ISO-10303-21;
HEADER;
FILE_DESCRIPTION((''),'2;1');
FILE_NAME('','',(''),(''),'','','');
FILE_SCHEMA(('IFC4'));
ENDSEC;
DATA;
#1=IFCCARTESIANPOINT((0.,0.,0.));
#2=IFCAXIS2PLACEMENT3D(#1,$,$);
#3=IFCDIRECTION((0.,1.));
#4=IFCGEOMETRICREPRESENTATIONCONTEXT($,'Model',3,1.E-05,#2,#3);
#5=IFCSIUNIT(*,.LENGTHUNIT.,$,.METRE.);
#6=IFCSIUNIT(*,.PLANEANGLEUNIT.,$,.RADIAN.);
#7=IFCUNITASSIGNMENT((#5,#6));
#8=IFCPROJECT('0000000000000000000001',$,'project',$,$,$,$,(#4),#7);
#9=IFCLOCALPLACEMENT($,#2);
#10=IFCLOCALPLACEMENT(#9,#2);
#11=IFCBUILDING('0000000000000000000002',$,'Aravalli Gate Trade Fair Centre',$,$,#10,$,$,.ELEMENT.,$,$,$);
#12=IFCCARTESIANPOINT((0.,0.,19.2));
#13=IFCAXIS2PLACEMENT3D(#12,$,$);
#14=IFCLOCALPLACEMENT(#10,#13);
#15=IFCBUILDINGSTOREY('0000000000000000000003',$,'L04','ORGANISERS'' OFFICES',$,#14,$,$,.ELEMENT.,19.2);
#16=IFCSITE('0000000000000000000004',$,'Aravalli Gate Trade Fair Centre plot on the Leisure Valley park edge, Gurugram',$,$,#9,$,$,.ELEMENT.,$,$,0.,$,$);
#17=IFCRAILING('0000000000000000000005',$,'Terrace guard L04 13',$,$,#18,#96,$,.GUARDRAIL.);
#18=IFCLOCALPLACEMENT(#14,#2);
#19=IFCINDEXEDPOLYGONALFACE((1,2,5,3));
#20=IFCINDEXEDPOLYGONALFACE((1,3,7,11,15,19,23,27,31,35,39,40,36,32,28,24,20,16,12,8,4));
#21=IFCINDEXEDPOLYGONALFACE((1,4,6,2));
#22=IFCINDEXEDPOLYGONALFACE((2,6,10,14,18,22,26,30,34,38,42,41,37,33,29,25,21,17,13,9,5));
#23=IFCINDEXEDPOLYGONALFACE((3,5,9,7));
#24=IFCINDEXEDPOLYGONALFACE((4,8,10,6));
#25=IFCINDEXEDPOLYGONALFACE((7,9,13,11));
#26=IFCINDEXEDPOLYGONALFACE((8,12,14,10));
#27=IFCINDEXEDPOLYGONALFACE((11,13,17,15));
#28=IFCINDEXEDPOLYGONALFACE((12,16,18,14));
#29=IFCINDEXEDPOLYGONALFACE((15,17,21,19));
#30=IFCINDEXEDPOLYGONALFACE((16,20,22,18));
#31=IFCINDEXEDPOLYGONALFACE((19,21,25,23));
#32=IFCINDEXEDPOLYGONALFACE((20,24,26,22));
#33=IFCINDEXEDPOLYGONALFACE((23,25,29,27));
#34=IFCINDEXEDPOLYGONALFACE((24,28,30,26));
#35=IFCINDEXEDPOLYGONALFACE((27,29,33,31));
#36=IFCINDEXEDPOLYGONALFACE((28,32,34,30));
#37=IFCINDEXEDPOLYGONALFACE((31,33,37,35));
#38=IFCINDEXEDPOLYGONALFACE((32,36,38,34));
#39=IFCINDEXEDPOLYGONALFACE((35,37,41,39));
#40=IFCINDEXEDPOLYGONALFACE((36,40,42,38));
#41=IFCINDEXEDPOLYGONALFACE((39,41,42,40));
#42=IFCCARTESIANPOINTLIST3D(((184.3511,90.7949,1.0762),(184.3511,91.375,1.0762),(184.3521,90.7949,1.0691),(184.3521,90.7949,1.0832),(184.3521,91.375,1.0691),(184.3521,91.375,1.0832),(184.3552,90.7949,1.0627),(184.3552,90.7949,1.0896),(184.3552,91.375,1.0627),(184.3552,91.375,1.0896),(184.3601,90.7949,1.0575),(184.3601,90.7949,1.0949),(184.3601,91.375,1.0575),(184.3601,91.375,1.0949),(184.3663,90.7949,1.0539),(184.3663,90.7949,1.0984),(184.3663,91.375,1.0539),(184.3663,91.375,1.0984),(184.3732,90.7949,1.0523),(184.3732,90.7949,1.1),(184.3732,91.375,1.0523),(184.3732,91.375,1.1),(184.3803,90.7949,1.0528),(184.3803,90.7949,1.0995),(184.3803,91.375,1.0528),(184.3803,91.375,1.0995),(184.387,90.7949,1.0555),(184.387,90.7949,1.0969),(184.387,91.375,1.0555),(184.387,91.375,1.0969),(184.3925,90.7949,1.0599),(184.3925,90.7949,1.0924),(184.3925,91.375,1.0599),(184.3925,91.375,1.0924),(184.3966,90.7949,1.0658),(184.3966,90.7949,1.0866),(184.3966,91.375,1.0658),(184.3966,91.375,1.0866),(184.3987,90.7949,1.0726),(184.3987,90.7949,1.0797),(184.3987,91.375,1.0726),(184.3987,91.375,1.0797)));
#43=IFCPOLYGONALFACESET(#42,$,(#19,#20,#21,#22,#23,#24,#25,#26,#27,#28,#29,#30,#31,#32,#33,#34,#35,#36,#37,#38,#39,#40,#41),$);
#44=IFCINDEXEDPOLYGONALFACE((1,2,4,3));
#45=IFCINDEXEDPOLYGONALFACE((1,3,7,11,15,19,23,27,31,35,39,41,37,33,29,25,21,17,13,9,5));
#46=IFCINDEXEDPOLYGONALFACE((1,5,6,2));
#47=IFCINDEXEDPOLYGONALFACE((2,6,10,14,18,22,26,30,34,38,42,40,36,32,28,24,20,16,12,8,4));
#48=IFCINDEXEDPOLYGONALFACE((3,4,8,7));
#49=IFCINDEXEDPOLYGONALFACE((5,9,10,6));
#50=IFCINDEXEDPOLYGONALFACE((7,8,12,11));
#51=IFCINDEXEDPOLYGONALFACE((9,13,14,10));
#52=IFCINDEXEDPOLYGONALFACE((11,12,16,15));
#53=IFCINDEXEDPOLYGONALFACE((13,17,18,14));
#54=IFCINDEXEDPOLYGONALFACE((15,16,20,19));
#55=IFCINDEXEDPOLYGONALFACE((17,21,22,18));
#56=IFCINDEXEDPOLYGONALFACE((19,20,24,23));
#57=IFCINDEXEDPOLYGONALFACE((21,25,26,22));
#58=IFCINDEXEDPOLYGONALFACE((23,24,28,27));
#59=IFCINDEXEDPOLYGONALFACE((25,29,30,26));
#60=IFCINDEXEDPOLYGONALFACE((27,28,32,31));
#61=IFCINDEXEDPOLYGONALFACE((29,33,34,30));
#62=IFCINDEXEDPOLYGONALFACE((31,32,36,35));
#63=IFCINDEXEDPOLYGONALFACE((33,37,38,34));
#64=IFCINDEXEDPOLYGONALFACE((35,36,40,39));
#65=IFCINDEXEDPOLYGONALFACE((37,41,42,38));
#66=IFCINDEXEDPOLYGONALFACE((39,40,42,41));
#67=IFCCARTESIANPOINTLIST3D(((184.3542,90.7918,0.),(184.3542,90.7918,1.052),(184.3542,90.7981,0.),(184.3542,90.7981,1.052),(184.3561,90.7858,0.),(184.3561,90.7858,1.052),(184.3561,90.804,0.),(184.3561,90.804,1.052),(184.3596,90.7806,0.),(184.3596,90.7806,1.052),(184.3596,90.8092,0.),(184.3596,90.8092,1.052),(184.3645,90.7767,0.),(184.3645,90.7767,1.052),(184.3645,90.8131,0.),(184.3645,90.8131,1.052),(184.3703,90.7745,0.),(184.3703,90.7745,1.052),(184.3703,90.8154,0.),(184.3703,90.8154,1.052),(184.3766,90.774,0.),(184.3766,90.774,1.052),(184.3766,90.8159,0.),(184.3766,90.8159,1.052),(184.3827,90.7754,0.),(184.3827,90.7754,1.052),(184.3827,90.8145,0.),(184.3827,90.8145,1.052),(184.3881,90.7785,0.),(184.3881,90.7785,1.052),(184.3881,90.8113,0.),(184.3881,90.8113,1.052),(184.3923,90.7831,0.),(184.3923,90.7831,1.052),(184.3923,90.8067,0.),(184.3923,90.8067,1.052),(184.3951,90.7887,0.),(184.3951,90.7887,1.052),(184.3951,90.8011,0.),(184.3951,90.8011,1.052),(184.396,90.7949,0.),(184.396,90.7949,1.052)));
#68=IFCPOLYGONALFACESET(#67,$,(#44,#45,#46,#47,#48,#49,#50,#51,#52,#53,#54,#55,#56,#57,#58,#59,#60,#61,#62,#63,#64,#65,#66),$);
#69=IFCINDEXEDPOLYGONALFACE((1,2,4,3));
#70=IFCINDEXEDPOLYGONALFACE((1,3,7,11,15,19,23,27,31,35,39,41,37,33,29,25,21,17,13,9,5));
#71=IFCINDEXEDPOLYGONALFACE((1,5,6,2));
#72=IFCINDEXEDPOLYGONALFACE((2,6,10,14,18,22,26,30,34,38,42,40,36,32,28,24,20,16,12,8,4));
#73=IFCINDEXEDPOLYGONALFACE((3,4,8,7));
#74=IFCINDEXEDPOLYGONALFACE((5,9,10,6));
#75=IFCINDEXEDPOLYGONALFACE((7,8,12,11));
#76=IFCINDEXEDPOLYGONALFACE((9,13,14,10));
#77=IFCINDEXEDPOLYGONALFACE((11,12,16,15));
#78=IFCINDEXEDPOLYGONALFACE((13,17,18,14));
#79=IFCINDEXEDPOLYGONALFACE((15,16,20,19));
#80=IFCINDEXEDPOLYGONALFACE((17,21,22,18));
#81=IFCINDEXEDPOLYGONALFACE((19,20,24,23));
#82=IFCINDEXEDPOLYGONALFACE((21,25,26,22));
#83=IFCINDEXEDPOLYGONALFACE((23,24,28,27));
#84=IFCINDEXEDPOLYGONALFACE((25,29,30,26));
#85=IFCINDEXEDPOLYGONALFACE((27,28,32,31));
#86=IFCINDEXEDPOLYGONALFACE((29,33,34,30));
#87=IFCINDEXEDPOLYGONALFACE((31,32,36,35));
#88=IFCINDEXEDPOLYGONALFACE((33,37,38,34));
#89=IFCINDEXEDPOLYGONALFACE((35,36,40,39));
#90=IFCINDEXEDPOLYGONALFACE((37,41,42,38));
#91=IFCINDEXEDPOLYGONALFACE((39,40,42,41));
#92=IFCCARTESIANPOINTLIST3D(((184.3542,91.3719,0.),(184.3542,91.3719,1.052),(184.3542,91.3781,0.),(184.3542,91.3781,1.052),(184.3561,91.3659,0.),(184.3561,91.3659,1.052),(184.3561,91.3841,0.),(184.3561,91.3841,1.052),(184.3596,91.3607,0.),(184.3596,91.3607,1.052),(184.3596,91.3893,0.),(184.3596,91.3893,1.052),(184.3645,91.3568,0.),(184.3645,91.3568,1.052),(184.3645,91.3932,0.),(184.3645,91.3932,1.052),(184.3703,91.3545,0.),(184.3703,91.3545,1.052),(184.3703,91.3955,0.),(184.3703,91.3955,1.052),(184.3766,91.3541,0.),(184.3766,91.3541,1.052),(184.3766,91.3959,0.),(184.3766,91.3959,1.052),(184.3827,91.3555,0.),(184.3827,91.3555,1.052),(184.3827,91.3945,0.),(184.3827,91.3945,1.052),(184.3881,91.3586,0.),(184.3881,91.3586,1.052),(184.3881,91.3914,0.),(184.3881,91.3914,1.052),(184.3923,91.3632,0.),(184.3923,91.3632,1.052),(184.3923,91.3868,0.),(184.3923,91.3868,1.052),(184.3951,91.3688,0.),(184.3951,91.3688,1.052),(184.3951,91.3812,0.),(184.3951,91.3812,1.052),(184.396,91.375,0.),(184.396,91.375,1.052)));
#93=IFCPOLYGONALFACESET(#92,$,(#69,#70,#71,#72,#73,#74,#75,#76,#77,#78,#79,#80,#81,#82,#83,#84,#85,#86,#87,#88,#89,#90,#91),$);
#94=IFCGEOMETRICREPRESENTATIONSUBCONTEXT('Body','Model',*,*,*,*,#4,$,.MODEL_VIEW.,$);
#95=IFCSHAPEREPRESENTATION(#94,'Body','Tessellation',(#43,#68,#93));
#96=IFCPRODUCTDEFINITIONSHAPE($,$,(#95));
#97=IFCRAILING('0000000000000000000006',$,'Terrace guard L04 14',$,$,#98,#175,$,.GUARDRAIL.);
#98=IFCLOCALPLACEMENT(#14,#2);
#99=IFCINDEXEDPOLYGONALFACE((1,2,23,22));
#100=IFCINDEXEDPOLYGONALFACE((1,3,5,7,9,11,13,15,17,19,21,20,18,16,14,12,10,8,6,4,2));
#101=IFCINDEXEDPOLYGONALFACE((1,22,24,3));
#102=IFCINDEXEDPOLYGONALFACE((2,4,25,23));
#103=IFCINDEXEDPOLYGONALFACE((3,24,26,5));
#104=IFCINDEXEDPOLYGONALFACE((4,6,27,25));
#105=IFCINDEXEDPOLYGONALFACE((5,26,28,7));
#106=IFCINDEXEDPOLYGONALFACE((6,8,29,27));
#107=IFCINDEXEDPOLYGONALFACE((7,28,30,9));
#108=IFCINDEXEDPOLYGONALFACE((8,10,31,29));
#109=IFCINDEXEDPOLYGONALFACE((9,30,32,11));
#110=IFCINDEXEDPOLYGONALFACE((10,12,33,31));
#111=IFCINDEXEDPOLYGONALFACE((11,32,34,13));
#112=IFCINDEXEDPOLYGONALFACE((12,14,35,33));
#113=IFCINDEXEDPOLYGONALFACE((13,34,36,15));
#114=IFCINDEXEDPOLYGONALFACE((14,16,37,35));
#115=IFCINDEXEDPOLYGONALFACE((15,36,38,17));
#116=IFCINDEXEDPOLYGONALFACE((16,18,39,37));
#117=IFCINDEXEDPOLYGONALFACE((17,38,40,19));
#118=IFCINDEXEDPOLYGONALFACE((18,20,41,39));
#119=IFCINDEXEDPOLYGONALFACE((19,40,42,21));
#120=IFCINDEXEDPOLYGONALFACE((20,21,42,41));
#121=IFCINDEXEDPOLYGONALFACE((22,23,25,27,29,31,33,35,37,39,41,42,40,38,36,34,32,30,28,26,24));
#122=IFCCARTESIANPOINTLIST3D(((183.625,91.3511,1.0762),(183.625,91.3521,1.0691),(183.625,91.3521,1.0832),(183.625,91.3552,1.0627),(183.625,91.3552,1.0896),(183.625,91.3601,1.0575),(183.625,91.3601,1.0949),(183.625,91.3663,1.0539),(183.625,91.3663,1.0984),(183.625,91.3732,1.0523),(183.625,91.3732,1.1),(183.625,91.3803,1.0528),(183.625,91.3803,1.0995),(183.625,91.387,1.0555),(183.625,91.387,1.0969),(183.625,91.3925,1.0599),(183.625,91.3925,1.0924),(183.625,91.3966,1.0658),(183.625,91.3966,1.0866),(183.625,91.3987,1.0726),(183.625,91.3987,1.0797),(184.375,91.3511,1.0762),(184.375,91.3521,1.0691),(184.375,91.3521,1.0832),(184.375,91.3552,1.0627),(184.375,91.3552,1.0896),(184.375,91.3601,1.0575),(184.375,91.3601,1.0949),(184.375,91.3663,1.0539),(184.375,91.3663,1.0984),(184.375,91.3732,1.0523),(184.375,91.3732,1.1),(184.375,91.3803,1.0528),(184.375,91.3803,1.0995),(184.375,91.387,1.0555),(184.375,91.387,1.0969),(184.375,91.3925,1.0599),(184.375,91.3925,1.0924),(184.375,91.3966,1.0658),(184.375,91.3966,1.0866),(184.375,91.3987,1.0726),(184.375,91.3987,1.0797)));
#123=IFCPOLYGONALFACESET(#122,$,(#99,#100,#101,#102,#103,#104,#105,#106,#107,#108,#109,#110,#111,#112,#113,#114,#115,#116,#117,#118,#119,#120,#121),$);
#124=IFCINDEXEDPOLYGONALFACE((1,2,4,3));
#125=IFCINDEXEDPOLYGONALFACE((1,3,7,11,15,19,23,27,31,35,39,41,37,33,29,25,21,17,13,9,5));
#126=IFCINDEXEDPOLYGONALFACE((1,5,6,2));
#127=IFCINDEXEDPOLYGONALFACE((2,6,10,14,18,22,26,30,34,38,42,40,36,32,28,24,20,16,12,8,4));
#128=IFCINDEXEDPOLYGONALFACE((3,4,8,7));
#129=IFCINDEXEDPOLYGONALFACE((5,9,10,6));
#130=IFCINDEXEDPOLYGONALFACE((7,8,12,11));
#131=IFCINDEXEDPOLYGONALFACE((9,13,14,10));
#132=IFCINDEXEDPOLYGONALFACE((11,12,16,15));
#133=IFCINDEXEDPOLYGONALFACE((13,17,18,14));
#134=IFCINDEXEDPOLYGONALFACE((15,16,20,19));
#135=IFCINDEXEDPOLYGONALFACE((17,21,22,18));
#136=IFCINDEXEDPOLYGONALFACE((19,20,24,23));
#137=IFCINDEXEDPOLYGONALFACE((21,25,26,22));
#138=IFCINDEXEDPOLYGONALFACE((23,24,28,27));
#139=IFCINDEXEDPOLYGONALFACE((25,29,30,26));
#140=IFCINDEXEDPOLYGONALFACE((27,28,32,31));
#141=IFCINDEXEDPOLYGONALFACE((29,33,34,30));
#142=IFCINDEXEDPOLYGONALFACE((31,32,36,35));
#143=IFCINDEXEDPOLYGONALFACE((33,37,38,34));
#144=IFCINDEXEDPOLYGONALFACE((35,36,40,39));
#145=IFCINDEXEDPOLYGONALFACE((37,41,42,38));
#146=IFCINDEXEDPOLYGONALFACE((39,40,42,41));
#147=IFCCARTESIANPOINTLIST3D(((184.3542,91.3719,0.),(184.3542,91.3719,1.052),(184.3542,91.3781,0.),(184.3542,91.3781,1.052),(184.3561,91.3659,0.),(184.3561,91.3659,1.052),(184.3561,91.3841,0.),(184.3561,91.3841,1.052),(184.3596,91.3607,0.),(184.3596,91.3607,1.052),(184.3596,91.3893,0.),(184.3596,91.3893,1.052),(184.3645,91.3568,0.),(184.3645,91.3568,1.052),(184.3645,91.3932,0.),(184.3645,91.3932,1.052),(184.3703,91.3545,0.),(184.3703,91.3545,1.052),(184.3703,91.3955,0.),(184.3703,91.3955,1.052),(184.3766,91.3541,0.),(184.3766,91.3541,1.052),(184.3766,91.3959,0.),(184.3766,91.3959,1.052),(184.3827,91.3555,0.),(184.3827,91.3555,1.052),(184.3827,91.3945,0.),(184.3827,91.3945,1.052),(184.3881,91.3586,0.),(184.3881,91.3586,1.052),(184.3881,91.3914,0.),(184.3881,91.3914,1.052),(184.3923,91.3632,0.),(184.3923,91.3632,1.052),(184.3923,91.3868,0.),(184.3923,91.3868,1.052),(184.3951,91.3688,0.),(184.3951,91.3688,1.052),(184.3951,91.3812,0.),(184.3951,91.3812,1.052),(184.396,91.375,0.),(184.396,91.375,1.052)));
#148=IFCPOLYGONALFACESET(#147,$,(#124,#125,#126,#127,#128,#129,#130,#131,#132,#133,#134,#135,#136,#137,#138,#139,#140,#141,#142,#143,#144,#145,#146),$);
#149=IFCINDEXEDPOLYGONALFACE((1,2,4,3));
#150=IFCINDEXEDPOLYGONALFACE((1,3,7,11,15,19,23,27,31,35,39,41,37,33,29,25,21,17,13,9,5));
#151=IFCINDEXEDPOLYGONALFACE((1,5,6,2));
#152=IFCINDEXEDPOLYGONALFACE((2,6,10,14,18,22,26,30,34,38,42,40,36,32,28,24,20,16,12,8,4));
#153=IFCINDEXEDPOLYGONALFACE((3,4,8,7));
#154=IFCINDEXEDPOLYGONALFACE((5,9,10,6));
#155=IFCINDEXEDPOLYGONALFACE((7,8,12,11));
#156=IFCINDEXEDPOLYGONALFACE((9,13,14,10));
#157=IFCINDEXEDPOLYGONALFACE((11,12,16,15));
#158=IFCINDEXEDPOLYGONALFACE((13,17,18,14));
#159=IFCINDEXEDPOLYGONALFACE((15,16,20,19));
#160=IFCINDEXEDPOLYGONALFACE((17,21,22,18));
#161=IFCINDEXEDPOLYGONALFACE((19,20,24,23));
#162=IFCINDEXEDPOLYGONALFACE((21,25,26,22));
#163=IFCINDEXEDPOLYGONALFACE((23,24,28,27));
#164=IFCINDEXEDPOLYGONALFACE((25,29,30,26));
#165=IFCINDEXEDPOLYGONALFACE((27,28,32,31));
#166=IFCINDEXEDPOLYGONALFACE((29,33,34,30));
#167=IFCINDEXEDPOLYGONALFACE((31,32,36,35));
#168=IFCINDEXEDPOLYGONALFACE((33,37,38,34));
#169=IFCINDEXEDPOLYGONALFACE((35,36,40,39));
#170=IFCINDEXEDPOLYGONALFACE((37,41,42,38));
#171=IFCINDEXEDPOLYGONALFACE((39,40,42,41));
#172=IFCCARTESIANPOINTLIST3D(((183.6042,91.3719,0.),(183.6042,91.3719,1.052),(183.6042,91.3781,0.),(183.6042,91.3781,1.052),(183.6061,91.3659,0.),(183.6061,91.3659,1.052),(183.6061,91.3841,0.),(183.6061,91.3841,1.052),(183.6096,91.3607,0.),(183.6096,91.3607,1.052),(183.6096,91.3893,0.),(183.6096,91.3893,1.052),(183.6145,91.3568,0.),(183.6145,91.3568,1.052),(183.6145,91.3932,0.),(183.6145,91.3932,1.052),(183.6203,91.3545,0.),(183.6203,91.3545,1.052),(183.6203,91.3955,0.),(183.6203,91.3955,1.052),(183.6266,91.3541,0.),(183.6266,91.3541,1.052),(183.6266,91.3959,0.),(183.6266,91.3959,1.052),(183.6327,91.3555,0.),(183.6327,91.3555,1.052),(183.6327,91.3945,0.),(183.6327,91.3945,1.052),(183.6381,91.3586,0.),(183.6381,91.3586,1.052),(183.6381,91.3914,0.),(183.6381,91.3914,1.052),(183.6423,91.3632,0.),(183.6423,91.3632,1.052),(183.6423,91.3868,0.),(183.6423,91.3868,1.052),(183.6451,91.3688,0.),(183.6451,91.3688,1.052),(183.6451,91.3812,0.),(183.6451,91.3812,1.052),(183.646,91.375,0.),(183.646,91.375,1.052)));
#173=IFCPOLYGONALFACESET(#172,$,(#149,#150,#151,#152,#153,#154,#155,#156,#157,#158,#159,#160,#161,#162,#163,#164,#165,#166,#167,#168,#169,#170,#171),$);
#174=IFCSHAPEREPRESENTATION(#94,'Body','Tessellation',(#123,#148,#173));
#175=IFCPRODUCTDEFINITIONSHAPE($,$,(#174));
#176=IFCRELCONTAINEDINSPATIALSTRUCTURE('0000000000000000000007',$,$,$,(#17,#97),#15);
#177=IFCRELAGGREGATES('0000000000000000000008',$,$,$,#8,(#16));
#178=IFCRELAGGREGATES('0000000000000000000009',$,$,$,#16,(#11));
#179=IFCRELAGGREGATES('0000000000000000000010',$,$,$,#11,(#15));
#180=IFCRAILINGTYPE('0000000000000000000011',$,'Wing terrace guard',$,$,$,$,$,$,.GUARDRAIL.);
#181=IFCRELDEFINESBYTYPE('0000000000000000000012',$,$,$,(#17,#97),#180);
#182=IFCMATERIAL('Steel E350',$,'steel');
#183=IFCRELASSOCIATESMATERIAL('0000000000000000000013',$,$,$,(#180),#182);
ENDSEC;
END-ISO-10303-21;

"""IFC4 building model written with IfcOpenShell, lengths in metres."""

from ifc_helpers import new_model, si_unit, direction, frame, origin, origin_2d, place, context, subcontext, project, spatial, circle, extrude, material, type_object, element, save


model = new_model("IFC4")

# Units and contexts
model_context = context("Model", 3, precision=1e-05, world=origin(), true_north=direction((0.0, 1.0)))
body_context = subcontext(model_context, "Body", "Model", "MODEL_VIEW")
ifc_project = project(units=[si_unit("LENGTHUNIT", "METRE"), si_unit("PLANEANGLEUNIT", "RADIAN")], contexts=[model_context])

# Site, building, storey
site_placement = place(None, origin())
site = spatial("IfcSite", under=ifc_project, at=site_placement, Name="Aravalli Gate Trade Fair Centre plot on the Leisure Valley park edge, Gurugram", CompositionType="ELEMENT", RefElevation=0.0)
building_placement = place(site_placement, origin())
building = spatial("IfcBuilding", under=site, at=building_placement, Name="Aravalli Gate Trade Fair Centre", CompositionType="ELEMENT")
storey_placement = place(building_placement, frame((0.0, 0.0, 19.2)))
storey = spatial("IfcBuildingStorey", under=building, at=storey_placement, Name="L04", Description="ORGANISERS' OFFICES", CompositionType="ELEMENT", Elevation=19.2)

# Shared definitions
ifc_material_1 = material(Name="Steel E350", Category="steel")

# Railings
railing_type = type_object("IfcRailingType", Name="Wing terrace guard", PredefinedType="GUARDRAIL", material=ifc_material_1)
railing_1_placement = place(storey_placement, frame((184.375, 90.7949, 0.0)))
element("IfcRailing", 1, at=railing_1_placement, inside=storey, type_object=railing_type, Name="Terrace guard L04 13", PredefinedType="GUARDRAIL", context=body_context, shape_type="SweptSolid", body=[
    extrude(circle(Radius=0.0239, at=origin_2d()), frame((0.0, 0.0, 1.0762), z_axis=(0.0, 1.0, 0.0), x_axis=(-1.0, 0.0, 0.0)), (0.0, 0.0, 1.0), 0.5801),
    extrude(circle(Radius=0.021, at=origin_2d()), origin(), (0.0, 0.0, 1.0), 1.052),
    extrude(circle(Radius=0.021, at=origin_2d()), frame((0.0, 0.5801, 0.0)), (0.0, 0.0, 1.0), 1.052),
])
railing_2_placement = place(storey_placement, frame((184.375, 91.375, 0.0)))
element("IfcRailing", 2, at=railing_2_placement, inside=storey, type_object=railing_type, Name="Terrace guard L04 14", PredefinedType="GUARDRAIL", context=body_context, shape_type="SweptSolid", body=[
    extrude(circle(Radius=0.0239, at=origin_2d()), frame((0.0, 0.0, 1.0762), z_axis=(-1.0, 0.0, 0.0), x_axis=(0.0, -1.0, 0.0)), (0.0, 0.0, 1.0), 0.75),
    extrude(circle(Radius=0.021, at=origin_2d()), origin(), (0.0, 0.0, 1.0), 1.052),
    extrude(circle(Radius=0.021, at=origin_2d()), frame((-0.75, 0.0, 0.0)), (0.0, 0.0, 1.0), 1.052),
])

save(model, "model.ifc")
